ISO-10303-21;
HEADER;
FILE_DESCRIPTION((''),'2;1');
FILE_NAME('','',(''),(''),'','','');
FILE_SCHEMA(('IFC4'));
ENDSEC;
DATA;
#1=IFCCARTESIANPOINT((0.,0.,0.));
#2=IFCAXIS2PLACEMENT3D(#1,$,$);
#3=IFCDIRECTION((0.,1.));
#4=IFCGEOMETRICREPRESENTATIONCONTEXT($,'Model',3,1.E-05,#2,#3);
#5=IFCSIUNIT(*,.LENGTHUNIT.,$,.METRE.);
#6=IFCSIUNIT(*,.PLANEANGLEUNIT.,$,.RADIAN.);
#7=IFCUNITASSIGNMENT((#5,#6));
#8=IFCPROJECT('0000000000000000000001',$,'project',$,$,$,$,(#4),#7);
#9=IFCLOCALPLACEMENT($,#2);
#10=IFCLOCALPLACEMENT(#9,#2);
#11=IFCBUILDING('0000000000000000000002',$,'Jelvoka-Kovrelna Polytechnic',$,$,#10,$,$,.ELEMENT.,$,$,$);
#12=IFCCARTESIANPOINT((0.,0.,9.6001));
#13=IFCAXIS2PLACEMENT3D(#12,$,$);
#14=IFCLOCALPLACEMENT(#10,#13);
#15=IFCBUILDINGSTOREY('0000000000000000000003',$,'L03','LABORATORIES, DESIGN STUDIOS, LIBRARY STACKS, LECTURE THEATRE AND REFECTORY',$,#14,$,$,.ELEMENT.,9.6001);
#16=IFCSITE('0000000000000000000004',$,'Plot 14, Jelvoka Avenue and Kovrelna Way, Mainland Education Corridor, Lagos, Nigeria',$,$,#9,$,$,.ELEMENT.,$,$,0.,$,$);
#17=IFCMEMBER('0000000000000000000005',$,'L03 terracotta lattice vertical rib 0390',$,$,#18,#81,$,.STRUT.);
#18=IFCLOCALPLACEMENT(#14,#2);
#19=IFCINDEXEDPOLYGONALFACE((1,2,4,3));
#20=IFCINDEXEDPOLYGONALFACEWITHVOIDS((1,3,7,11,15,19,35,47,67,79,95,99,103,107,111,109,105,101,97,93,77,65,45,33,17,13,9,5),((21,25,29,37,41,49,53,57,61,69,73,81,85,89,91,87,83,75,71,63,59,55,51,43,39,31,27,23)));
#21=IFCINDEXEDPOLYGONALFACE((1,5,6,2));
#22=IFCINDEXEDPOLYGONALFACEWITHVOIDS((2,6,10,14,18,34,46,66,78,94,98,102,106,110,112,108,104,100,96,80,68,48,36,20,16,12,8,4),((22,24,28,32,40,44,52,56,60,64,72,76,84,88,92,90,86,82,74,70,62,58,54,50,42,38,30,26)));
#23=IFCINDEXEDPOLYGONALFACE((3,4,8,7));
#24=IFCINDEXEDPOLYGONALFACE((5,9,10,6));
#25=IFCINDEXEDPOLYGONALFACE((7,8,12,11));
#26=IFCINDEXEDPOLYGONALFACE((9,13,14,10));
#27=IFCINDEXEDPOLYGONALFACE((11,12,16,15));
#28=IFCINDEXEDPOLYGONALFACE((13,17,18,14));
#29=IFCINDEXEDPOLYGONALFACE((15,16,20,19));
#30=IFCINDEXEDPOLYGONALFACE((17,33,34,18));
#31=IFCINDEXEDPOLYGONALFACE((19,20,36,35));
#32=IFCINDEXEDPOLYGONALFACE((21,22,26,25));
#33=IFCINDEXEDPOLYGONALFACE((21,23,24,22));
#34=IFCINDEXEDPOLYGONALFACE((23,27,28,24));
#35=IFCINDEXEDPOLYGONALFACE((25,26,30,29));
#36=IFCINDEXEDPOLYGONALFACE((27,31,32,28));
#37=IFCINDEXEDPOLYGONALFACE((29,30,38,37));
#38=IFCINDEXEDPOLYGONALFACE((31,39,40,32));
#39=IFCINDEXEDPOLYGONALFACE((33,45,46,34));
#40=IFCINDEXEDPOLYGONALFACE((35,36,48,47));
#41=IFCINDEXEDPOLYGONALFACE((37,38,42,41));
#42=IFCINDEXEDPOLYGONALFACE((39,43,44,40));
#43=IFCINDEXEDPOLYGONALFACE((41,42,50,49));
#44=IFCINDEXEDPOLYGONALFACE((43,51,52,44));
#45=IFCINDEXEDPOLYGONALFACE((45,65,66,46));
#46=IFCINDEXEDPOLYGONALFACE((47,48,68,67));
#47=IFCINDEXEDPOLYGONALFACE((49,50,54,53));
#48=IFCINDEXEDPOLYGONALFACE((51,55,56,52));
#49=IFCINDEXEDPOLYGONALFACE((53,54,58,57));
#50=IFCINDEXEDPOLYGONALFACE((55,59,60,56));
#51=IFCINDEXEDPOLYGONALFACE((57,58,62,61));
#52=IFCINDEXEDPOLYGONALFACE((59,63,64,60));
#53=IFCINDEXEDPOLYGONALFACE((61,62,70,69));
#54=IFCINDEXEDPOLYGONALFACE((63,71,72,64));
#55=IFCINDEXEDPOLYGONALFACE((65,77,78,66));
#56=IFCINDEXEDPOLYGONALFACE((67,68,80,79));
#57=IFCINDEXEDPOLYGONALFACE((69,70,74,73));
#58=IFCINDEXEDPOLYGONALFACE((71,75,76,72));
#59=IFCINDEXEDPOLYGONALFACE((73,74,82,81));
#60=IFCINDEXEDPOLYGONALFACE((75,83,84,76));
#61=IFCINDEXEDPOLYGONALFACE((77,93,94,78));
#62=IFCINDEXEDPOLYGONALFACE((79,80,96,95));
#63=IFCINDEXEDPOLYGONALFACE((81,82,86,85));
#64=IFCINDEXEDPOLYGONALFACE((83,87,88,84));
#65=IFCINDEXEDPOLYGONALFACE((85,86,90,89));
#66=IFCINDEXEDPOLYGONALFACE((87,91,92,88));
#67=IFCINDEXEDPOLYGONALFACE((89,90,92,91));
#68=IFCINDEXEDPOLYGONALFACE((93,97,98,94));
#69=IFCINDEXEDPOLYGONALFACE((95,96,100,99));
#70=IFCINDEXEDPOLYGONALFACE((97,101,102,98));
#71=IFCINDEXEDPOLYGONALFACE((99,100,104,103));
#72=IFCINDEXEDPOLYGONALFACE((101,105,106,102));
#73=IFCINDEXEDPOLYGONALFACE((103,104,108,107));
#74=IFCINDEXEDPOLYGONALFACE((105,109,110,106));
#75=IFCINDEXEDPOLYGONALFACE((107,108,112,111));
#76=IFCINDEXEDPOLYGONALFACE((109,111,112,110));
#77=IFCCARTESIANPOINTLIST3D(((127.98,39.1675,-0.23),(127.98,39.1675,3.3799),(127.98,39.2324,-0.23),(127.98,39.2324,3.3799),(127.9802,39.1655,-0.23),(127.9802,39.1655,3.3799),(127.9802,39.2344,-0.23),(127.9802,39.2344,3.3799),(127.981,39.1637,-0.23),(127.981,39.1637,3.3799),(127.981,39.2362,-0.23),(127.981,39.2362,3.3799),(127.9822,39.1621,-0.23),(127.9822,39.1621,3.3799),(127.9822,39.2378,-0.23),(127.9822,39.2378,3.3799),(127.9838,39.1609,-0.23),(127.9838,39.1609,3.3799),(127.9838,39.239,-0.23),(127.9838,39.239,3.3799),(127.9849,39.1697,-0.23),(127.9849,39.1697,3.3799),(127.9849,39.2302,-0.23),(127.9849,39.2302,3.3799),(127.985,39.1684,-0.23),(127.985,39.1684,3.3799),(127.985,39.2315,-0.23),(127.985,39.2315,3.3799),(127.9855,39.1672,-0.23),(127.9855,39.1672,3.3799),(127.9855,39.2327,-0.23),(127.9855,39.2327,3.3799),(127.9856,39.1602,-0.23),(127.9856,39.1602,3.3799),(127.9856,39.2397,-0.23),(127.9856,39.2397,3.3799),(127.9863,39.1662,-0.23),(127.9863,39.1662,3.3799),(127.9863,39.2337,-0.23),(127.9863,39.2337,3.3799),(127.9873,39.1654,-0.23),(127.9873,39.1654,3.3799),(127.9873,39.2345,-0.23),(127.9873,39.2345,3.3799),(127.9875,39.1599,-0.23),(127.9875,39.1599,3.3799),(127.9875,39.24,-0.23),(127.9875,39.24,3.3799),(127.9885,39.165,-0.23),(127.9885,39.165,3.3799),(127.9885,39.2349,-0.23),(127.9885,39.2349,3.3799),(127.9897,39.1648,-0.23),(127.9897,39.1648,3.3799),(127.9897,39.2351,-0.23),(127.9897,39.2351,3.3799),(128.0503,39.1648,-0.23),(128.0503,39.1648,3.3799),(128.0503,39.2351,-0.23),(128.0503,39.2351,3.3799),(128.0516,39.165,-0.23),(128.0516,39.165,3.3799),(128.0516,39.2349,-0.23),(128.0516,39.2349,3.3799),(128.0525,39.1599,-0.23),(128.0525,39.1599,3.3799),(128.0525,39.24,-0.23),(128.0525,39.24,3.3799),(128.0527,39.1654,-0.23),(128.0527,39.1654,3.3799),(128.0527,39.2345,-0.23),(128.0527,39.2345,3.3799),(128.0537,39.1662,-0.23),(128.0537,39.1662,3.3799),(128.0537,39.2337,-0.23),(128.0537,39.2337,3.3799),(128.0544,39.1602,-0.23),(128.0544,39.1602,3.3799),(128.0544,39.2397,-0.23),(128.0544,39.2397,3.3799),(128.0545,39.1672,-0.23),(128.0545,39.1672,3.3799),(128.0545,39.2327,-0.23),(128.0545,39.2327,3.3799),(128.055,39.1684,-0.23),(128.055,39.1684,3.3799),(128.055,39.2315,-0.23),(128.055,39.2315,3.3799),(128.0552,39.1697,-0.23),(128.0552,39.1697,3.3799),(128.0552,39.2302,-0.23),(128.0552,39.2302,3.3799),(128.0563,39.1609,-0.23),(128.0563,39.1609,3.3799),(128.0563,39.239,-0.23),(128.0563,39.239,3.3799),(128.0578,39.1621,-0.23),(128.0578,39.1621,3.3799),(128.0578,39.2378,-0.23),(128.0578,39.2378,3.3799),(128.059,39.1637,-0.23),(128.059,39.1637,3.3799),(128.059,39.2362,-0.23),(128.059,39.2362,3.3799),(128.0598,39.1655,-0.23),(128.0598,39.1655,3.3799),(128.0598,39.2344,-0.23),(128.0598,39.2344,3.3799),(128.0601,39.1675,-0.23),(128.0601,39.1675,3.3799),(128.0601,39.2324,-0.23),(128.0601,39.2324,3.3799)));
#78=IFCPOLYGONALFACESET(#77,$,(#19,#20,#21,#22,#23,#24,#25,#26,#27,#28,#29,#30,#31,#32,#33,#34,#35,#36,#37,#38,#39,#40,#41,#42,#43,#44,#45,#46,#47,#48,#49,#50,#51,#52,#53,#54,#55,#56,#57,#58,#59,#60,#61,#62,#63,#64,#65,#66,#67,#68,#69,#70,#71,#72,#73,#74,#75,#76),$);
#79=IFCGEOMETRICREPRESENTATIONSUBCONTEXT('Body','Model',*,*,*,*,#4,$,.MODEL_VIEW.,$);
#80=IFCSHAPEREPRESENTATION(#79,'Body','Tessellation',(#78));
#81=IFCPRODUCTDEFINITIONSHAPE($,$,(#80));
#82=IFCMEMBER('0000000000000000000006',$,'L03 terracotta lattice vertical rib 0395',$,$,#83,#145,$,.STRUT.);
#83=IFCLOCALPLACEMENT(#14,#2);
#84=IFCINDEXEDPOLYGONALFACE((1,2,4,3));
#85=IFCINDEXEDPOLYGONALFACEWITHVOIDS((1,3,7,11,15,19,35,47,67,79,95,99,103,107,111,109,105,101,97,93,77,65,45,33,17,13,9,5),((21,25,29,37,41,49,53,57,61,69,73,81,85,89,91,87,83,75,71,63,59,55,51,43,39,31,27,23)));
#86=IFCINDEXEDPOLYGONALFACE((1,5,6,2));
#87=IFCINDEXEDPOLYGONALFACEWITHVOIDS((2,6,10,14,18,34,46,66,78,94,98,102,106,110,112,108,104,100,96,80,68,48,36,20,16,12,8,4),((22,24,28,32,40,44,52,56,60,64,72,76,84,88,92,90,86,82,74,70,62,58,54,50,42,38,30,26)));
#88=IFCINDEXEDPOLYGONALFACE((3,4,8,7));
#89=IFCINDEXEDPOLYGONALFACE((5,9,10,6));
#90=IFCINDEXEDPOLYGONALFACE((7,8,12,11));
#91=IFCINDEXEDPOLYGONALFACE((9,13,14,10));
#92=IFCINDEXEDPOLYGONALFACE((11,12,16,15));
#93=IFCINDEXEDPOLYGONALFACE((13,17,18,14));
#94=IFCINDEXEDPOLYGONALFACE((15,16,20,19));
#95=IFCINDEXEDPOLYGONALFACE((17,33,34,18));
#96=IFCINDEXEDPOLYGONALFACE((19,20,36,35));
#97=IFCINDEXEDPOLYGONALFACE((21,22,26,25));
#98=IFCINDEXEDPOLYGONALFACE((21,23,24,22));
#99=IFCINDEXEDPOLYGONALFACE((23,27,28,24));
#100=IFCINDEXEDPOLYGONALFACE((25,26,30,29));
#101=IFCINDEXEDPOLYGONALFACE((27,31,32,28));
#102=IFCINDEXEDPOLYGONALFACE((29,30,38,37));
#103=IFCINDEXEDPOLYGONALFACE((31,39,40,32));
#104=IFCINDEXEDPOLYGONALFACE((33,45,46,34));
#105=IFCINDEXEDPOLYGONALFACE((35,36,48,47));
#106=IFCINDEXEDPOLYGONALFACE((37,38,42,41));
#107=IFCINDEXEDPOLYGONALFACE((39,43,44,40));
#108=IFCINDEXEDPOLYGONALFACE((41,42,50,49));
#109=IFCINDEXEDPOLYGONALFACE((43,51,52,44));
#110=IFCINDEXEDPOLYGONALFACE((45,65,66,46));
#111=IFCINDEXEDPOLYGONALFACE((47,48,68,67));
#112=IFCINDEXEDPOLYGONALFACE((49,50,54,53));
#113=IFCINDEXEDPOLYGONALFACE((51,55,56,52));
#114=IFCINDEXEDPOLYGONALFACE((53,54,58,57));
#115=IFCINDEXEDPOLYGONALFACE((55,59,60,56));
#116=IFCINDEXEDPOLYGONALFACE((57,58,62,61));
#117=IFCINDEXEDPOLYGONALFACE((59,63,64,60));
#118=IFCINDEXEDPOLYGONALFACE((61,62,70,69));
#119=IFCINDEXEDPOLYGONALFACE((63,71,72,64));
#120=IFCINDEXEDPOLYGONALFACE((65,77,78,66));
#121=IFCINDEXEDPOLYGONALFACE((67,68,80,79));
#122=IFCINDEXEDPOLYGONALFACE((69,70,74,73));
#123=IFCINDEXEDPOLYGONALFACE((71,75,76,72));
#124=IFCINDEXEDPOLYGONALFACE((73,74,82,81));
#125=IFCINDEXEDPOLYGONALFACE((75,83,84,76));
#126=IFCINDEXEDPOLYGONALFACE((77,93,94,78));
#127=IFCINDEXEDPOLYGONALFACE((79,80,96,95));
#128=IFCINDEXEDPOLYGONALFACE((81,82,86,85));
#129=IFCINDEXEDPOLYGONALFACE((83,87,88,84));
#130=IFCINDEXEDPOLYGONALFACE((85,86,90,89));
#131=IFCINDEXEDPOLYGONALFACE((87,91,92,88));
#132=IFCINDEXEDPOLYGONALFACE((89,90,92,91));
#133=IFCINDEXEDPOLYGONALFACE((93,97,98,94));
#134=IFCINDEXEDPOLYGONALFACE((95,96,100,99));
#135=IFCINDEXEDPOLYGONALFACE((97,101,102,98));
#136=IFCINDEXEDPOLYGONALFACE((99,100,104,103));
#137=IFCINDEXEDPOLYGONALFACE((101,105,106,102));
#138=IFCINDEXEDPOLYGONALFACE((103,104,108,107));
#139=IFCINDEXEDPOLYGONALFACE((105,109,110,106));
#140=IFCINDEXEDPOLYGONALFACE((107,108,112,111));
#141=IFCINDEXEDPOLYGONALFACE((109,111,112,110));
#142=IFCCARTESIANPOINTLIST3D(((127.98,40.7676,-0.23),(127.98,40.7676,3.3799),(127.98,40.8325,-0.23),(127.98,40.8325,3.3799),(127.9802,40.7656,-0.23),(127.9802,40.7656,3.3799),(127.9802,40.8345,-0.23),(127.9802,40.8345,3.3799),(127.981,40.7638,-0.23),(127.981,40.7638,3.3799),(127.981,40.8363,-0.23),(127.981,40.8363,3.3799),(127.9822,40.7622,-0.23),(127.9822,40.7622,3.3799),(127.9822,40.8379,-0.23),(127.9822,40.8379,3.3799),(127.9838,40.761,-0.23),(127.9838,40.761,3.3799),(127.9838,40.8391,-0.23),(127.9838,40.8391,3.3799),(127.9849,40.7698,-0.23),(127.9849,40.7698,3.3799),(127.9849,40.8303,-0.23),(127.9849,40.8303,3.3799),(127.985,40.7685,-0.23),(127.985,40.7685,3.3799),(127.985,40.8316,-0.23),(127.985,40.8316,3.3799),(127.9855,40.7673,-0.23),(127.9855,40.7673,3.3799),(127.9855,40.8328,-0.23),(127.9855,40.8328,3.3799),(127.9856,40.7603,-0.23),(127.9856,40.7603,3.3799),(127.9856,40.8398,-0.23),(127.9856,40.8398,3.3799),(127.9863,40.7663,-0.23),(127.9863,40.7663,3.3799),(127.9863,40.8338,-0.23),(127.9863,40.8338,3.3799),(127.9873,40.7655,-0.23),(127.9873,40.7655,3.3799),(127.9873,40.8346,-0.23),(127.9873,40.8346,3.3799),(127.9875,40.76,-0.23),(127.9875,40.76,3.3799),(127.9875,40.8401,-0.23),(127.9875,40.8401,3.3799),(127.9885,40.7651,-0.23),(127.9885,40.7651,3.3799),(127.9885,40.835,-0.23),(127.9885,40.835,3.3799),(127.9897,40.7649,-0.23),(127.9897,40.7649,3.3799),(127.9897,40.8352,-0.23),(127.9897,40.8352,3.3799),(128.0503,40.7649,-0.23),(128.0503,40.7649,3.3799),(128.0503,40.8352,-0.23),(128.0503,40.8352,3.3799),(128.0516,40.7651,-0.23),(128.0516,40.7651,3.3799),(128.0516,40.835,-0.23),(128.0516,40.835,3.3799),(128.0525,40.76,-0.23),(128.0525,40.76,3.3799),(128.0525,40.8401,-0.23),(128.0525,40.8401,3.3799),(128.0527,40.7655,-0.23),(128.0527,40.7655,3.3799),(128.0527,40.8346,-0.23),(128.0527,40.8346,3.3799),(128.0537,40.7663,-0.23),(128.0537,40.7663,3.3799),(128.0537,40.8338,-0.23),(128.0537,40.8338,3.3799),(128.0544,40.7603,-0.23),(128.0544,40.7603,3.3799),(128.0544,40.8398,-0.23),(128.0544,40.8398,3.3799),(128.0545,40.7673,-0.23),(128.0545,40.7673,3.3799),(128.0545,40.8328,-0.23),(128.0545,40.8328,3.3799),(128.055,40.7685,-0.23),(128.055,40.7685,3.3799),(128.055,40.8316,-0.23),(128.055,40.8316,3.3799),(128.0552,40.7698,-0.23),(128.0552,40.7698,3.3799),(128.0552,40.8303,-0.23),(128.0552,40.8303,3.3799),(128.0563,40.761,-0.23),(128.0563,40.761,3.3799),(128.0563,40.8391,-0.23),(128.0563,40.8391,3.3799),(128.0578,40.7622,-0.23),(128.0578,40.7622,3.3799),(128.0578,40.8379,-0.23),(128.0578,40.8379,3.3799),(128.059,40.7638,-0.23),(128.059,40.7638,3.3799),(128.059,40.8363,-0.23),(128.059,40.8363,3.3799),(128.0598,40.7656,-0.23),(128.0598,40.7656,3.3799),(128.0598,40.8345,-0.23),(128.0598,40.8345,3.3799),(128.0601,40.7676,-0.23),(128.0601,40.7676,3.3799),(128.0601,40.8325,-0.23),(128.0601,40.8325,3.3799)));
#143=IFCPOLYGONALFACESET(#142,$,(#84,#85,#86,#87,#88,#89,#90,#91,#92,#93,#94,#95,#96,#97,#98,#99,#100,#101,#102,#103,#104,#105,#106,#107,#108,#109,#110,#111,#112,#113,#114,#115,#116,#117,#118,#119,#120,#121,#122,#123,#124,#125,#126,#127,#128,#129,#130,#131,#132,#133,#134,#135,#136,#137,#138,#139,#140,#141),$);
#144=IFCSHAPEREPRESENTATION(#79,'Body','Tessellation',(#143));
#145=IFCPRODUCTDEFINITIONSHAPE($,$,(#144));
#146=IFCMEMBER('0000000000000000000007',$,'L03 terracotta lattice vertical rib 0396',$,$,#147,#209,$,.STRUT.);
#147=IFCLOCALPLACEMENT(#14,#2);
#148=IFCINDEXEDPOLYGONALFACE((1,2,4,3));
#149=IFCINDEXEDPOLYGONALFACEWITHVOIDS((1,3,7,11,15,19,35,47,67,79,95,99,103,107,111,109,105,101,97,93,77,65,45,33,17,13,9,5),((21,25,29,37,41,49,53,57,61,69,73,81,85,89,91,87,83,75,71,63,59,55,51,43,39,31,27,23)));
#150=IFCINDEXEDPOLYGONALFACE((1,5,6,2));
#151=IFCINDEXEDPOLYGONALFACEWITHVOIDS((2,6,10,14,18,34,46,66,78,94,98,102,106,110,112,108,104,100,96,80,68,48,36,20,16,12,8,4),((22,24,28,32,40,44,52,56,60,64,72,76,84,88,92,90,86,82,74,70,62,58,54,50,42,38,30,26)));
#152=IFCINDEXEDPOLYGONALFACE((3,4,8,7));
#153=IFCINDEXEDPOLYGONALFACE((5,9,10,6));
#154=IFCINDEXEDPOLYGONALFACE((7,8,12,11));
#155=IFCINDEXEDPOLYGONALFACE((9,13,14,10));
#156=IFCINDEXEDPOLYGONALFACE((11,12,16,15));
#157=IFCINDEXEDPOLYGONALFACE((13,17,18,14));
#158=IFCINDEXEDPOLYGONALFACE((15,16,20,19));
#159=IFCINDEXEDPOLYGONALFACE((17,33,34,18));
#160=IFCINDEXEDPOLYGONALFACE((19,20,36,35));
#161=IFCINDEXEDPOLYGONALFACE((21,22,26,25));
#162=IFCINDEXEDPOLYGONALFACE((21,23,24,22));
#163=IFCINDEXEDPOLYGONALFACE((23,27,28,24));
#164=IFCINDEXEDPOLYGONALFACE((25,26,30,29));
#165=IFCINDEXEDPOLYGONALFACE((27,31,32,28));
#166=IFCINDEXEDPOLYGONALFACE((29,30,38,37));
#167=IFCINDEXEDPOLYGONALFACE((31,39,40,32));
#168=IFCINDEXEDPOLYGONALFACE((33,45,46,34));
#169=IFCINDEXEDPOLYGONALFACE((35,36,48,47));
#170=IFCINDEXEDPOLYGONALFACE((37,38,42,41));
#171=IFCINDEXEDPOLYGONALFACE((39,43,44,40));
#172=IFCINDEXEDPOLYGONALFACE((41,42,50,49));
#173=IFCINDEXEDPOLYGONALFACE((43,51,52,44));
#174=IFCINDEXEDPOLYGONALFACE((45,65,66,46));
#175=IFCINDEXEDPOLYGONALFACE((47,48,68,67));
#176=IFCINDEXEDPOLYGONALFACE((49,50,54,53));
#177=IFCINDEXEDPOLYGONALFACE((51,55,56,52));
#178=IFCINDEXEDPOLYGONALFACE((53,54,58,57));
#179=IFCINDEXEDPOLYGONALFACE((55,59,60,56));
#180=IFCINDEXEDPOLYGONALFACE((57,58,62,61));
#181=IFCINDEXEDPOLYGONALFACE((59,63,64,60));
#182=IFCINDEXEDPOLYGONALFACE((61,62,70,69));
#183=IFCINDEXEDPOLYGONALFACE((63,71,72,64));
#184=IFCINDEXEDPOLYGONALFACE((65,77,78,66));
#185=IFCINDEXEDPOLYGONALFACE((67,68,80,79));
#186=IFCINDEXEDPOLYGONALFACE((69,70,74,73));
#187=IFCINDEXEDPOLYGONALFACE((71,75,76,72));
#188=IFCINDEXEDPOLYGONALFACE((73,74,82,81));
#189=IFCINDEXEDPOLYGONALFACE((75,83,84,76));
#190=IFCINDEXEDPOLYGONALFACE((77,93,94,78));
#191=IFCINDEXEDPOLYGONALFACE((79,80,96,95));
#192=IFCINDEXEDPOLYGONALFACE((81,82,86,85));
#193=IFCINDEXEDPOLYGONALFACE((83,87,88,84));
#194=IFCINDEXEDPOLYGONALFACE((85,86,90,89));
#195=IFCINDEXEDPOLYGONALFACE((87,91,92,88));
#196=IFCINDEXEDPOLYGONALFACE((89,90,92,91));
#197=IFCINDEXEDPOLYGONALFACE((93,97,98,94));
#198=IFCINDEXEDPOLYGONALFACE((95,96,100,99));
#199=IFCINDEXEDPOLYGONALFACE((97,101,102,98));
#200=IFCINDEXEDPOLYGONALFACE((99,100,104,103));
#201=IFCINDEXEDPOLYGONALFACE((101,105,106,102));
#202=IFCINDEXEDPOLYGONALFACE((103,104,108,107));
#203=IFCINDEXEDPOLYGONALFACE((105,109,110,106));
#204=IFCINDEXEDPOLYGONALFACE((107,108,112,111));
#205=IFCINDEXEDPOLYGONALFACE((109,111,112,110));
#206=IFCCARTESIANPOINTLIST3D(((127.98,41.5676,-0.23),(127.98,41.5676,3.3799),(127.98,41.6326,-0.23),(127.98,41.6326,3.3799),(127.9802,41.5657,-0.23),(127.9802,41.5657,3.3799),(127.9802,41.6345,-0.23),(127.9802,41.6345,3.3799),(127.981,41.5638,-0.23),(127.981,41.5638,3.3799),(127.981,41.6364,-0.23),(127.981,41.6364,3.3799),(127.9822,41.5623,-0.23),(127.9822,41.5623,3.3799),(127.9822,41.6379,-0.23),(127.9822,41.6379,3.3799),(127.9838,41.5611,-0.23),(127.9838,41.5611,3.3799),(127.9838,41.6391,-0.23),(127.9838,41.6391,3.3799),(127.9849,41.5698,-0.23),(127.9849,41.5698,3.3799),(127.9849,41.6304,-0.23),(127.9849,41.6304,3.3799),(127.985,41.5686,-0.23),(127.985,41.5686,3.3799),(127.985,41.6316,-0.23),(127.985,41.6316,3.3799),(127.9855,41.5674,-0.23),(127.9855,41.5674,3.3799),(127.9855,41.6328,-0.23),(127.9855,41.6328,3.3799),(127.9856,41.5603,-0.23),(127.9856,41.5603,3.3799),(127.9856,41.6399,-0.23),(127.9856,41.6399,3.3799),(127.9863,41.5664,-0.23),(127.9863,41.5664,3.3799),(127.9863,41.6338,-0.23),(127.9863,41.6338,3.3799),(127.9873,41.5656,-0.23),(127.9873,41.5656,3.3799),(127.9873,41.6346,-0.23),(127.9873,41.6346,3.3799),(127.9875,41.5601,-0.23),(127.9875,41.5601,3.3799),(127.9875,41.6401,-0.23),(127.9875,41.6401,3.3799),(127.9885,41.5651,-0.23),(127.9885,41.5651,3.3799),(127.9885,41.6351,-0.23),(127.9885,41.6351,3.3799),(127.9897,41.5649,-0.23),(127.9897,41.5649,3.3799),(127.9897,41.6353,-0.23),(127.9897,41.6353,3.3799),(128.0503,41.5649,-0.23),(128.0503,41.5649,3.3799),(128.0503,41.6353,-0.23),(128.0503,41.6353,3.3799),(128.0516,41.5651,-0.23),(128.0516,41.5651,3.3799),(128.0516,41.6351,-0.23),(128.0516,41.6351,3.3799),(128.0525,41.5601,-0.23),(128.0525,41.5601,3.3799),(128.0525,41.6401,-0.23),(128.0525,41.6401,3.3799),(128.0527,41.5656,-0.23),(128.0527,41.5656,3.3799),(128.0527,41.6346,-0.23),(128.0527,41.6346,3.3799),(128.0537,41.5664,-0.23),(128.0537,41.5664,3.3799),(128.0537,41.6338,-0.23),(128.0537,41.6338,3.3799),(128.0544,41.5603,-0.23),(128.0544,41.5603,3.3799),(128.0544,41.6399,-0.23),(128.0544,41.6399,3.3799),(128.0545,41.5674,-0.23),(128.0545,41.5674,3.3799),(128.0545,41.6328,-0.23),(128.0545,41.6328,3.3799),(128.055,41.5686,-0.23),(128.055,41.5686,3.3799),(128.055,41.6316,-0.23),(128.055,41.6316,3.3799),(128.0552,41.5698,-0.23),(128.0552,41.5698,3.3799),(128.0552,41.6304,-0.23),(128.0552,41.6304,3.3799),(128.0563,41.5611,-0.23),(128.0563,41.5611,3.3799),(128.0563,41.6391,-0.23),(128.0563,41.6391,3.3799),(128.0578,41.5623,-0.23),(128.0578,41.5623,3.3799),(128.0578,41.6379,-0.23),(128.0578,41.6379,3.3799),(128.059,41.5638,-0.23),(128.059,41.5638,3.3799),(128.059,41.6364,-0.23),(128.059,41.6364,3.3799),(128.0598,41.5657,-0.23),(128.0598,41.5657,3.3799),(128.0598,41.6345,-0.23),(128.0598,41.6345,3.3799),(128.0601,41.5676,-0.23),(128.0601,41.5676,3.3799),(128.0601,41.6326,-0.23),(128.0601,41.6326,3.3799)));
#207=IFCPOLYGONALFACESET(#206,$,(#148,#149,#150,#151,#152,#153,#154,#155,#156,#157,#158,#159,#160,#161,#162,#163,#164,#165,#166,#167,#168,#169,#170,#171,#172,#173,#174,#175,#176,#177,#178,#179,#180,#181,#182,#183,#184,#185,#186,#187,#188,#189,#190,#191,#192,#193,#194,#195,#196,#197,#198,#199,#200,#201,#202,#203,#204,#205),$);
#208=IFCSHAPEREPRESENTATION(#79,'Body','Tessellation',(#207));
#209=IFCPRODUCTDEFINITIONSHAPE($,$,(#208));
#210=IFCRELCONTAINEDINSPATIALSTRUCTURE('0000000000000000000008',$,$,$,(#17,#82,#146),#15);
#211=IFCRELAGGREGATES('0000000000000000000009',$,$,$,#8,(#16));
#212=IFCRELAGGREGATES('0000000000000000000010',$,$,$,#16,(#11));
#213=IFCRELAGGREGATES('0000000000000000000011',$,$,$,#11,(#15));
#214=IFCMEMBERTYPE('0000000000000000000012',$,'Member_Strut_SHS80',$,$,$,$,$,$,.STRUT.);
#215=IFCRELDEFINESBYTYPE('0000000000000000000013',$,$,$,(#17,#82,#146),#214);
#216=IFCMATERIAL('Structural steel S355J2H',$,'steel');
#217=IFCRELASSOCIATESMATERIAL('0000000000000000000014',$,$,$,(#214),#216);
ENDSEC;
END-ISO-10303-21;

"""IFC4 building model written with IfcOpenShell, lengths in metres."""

from ifc_helpers import new_model, si_unit, direction, frame, origin, origin_2d, place, context, subcontext, project, spatial, hollow_rectangle, extrude, material, material_profile, profile_set, type_object, element, save


model = new_model("IFC4")

# Units and contexts
model_context = context("Model", 3, precision=1e-05, world=origin(), true_north=direction((0.0, 1.0)))
body_context = subcontext(model_context, "Body", "Model", "MODEL_VIEW")
ifc_project = project(units=[si_unit("LENGTHUNIT", "METRE"), si_unit("PLANEANGLEUNIT", "RADIAN")], contexts=[model_context])

# Site, building, storey
site_placement = place(None, origin())
site = spatial("IfcSite", under=ifc_project, at=site_placement, Name="Plot 14, Jelvoka Avenue and Kovrelna Way, Mainland Education Corridor, Lagos, Nigeria", CompositionType="ELEMENT", RefElevation=0.0)
building_placement = place(site_placement, origin())
building = spatial("IfcBuilding", under=site, at=building_placement, Name="Jelvoka-Kovrelna Polytechnic", CompositionType="ELEMENT")
storey_placement = place(building_placement, frame((0.0, 0.0, 9.6001)))
storey = spatial("IfcBuildingStorey", under=building, at=storey_placement, Name="L03", Description="LABORATORIES, DESIGN STUDIOS, LIBRARY STACKS, LECTURE THEATRE AND REFECTORY", CompositionType="ELEMENT", Elevation=9.6001)

# Members
ifc_material_1 = material(Name="Structural steel S355J2H", Category="steel")
ifc_material_profile_1 = material_profile(ifc_material_1, hollow_rectangle(XDim=0.0801, YDim=0.0801, WallThickness=0.0049, InnerFilletRadius=0.0049, OuterFilletRadius=0.0076, at=origin_2d()), Name="80x80x5.0 SHS")
ifc_profile_set_1 = profile_set([ifc_material_profile_1], Name="Structural steel S355J2H")
member_type_1 = type_object("IfcMemberType", Name="Member_Strut_SHS80", PredefinedType="STRUT", material=ifc_profile_set_1)
for number, where, z_axis, x_axis, name in (
    (1, (128.02, 39.2, -0.23), (0.0, 0.0, 1.0), (1.0, 0.0, 0.0), "L03 terracotta lattice vertical rib 0390"),
    (2, (128.02, 40.8, -0.23), (0.0, 0.0, 1.0), (1.0, 0.0, 0.0), "L03 terracotta lattice vertical rib 0395"),
    (3, (128.02, 41.6001, -0.23), (0.0, 0.0, 1.0), (1.0, 0.0, 0.0), "L03 terracotta lattice vertical rib 0396"),
):
    element("IfcMember", number, at=place(storey_placement, frame(where, z_axis=z_axis, x_axis=x_axis)), inside=storey, type_object=member_type_1, Name=name, PredefinedType="STRUT", context=body_context, shape_type="SweptSolid", body=[
        extrude(hollow_rectangle(XDim=0.0801, YDim=0.0801, WallThickness=0.0049, InnerFilletRadius=0.0049, OuterFilletRadius=0.0076, at=origin_2d()), origin(), (0.0, 0.0, 1.0), 3.6099),
    ])

save(model, "model.ifc")
